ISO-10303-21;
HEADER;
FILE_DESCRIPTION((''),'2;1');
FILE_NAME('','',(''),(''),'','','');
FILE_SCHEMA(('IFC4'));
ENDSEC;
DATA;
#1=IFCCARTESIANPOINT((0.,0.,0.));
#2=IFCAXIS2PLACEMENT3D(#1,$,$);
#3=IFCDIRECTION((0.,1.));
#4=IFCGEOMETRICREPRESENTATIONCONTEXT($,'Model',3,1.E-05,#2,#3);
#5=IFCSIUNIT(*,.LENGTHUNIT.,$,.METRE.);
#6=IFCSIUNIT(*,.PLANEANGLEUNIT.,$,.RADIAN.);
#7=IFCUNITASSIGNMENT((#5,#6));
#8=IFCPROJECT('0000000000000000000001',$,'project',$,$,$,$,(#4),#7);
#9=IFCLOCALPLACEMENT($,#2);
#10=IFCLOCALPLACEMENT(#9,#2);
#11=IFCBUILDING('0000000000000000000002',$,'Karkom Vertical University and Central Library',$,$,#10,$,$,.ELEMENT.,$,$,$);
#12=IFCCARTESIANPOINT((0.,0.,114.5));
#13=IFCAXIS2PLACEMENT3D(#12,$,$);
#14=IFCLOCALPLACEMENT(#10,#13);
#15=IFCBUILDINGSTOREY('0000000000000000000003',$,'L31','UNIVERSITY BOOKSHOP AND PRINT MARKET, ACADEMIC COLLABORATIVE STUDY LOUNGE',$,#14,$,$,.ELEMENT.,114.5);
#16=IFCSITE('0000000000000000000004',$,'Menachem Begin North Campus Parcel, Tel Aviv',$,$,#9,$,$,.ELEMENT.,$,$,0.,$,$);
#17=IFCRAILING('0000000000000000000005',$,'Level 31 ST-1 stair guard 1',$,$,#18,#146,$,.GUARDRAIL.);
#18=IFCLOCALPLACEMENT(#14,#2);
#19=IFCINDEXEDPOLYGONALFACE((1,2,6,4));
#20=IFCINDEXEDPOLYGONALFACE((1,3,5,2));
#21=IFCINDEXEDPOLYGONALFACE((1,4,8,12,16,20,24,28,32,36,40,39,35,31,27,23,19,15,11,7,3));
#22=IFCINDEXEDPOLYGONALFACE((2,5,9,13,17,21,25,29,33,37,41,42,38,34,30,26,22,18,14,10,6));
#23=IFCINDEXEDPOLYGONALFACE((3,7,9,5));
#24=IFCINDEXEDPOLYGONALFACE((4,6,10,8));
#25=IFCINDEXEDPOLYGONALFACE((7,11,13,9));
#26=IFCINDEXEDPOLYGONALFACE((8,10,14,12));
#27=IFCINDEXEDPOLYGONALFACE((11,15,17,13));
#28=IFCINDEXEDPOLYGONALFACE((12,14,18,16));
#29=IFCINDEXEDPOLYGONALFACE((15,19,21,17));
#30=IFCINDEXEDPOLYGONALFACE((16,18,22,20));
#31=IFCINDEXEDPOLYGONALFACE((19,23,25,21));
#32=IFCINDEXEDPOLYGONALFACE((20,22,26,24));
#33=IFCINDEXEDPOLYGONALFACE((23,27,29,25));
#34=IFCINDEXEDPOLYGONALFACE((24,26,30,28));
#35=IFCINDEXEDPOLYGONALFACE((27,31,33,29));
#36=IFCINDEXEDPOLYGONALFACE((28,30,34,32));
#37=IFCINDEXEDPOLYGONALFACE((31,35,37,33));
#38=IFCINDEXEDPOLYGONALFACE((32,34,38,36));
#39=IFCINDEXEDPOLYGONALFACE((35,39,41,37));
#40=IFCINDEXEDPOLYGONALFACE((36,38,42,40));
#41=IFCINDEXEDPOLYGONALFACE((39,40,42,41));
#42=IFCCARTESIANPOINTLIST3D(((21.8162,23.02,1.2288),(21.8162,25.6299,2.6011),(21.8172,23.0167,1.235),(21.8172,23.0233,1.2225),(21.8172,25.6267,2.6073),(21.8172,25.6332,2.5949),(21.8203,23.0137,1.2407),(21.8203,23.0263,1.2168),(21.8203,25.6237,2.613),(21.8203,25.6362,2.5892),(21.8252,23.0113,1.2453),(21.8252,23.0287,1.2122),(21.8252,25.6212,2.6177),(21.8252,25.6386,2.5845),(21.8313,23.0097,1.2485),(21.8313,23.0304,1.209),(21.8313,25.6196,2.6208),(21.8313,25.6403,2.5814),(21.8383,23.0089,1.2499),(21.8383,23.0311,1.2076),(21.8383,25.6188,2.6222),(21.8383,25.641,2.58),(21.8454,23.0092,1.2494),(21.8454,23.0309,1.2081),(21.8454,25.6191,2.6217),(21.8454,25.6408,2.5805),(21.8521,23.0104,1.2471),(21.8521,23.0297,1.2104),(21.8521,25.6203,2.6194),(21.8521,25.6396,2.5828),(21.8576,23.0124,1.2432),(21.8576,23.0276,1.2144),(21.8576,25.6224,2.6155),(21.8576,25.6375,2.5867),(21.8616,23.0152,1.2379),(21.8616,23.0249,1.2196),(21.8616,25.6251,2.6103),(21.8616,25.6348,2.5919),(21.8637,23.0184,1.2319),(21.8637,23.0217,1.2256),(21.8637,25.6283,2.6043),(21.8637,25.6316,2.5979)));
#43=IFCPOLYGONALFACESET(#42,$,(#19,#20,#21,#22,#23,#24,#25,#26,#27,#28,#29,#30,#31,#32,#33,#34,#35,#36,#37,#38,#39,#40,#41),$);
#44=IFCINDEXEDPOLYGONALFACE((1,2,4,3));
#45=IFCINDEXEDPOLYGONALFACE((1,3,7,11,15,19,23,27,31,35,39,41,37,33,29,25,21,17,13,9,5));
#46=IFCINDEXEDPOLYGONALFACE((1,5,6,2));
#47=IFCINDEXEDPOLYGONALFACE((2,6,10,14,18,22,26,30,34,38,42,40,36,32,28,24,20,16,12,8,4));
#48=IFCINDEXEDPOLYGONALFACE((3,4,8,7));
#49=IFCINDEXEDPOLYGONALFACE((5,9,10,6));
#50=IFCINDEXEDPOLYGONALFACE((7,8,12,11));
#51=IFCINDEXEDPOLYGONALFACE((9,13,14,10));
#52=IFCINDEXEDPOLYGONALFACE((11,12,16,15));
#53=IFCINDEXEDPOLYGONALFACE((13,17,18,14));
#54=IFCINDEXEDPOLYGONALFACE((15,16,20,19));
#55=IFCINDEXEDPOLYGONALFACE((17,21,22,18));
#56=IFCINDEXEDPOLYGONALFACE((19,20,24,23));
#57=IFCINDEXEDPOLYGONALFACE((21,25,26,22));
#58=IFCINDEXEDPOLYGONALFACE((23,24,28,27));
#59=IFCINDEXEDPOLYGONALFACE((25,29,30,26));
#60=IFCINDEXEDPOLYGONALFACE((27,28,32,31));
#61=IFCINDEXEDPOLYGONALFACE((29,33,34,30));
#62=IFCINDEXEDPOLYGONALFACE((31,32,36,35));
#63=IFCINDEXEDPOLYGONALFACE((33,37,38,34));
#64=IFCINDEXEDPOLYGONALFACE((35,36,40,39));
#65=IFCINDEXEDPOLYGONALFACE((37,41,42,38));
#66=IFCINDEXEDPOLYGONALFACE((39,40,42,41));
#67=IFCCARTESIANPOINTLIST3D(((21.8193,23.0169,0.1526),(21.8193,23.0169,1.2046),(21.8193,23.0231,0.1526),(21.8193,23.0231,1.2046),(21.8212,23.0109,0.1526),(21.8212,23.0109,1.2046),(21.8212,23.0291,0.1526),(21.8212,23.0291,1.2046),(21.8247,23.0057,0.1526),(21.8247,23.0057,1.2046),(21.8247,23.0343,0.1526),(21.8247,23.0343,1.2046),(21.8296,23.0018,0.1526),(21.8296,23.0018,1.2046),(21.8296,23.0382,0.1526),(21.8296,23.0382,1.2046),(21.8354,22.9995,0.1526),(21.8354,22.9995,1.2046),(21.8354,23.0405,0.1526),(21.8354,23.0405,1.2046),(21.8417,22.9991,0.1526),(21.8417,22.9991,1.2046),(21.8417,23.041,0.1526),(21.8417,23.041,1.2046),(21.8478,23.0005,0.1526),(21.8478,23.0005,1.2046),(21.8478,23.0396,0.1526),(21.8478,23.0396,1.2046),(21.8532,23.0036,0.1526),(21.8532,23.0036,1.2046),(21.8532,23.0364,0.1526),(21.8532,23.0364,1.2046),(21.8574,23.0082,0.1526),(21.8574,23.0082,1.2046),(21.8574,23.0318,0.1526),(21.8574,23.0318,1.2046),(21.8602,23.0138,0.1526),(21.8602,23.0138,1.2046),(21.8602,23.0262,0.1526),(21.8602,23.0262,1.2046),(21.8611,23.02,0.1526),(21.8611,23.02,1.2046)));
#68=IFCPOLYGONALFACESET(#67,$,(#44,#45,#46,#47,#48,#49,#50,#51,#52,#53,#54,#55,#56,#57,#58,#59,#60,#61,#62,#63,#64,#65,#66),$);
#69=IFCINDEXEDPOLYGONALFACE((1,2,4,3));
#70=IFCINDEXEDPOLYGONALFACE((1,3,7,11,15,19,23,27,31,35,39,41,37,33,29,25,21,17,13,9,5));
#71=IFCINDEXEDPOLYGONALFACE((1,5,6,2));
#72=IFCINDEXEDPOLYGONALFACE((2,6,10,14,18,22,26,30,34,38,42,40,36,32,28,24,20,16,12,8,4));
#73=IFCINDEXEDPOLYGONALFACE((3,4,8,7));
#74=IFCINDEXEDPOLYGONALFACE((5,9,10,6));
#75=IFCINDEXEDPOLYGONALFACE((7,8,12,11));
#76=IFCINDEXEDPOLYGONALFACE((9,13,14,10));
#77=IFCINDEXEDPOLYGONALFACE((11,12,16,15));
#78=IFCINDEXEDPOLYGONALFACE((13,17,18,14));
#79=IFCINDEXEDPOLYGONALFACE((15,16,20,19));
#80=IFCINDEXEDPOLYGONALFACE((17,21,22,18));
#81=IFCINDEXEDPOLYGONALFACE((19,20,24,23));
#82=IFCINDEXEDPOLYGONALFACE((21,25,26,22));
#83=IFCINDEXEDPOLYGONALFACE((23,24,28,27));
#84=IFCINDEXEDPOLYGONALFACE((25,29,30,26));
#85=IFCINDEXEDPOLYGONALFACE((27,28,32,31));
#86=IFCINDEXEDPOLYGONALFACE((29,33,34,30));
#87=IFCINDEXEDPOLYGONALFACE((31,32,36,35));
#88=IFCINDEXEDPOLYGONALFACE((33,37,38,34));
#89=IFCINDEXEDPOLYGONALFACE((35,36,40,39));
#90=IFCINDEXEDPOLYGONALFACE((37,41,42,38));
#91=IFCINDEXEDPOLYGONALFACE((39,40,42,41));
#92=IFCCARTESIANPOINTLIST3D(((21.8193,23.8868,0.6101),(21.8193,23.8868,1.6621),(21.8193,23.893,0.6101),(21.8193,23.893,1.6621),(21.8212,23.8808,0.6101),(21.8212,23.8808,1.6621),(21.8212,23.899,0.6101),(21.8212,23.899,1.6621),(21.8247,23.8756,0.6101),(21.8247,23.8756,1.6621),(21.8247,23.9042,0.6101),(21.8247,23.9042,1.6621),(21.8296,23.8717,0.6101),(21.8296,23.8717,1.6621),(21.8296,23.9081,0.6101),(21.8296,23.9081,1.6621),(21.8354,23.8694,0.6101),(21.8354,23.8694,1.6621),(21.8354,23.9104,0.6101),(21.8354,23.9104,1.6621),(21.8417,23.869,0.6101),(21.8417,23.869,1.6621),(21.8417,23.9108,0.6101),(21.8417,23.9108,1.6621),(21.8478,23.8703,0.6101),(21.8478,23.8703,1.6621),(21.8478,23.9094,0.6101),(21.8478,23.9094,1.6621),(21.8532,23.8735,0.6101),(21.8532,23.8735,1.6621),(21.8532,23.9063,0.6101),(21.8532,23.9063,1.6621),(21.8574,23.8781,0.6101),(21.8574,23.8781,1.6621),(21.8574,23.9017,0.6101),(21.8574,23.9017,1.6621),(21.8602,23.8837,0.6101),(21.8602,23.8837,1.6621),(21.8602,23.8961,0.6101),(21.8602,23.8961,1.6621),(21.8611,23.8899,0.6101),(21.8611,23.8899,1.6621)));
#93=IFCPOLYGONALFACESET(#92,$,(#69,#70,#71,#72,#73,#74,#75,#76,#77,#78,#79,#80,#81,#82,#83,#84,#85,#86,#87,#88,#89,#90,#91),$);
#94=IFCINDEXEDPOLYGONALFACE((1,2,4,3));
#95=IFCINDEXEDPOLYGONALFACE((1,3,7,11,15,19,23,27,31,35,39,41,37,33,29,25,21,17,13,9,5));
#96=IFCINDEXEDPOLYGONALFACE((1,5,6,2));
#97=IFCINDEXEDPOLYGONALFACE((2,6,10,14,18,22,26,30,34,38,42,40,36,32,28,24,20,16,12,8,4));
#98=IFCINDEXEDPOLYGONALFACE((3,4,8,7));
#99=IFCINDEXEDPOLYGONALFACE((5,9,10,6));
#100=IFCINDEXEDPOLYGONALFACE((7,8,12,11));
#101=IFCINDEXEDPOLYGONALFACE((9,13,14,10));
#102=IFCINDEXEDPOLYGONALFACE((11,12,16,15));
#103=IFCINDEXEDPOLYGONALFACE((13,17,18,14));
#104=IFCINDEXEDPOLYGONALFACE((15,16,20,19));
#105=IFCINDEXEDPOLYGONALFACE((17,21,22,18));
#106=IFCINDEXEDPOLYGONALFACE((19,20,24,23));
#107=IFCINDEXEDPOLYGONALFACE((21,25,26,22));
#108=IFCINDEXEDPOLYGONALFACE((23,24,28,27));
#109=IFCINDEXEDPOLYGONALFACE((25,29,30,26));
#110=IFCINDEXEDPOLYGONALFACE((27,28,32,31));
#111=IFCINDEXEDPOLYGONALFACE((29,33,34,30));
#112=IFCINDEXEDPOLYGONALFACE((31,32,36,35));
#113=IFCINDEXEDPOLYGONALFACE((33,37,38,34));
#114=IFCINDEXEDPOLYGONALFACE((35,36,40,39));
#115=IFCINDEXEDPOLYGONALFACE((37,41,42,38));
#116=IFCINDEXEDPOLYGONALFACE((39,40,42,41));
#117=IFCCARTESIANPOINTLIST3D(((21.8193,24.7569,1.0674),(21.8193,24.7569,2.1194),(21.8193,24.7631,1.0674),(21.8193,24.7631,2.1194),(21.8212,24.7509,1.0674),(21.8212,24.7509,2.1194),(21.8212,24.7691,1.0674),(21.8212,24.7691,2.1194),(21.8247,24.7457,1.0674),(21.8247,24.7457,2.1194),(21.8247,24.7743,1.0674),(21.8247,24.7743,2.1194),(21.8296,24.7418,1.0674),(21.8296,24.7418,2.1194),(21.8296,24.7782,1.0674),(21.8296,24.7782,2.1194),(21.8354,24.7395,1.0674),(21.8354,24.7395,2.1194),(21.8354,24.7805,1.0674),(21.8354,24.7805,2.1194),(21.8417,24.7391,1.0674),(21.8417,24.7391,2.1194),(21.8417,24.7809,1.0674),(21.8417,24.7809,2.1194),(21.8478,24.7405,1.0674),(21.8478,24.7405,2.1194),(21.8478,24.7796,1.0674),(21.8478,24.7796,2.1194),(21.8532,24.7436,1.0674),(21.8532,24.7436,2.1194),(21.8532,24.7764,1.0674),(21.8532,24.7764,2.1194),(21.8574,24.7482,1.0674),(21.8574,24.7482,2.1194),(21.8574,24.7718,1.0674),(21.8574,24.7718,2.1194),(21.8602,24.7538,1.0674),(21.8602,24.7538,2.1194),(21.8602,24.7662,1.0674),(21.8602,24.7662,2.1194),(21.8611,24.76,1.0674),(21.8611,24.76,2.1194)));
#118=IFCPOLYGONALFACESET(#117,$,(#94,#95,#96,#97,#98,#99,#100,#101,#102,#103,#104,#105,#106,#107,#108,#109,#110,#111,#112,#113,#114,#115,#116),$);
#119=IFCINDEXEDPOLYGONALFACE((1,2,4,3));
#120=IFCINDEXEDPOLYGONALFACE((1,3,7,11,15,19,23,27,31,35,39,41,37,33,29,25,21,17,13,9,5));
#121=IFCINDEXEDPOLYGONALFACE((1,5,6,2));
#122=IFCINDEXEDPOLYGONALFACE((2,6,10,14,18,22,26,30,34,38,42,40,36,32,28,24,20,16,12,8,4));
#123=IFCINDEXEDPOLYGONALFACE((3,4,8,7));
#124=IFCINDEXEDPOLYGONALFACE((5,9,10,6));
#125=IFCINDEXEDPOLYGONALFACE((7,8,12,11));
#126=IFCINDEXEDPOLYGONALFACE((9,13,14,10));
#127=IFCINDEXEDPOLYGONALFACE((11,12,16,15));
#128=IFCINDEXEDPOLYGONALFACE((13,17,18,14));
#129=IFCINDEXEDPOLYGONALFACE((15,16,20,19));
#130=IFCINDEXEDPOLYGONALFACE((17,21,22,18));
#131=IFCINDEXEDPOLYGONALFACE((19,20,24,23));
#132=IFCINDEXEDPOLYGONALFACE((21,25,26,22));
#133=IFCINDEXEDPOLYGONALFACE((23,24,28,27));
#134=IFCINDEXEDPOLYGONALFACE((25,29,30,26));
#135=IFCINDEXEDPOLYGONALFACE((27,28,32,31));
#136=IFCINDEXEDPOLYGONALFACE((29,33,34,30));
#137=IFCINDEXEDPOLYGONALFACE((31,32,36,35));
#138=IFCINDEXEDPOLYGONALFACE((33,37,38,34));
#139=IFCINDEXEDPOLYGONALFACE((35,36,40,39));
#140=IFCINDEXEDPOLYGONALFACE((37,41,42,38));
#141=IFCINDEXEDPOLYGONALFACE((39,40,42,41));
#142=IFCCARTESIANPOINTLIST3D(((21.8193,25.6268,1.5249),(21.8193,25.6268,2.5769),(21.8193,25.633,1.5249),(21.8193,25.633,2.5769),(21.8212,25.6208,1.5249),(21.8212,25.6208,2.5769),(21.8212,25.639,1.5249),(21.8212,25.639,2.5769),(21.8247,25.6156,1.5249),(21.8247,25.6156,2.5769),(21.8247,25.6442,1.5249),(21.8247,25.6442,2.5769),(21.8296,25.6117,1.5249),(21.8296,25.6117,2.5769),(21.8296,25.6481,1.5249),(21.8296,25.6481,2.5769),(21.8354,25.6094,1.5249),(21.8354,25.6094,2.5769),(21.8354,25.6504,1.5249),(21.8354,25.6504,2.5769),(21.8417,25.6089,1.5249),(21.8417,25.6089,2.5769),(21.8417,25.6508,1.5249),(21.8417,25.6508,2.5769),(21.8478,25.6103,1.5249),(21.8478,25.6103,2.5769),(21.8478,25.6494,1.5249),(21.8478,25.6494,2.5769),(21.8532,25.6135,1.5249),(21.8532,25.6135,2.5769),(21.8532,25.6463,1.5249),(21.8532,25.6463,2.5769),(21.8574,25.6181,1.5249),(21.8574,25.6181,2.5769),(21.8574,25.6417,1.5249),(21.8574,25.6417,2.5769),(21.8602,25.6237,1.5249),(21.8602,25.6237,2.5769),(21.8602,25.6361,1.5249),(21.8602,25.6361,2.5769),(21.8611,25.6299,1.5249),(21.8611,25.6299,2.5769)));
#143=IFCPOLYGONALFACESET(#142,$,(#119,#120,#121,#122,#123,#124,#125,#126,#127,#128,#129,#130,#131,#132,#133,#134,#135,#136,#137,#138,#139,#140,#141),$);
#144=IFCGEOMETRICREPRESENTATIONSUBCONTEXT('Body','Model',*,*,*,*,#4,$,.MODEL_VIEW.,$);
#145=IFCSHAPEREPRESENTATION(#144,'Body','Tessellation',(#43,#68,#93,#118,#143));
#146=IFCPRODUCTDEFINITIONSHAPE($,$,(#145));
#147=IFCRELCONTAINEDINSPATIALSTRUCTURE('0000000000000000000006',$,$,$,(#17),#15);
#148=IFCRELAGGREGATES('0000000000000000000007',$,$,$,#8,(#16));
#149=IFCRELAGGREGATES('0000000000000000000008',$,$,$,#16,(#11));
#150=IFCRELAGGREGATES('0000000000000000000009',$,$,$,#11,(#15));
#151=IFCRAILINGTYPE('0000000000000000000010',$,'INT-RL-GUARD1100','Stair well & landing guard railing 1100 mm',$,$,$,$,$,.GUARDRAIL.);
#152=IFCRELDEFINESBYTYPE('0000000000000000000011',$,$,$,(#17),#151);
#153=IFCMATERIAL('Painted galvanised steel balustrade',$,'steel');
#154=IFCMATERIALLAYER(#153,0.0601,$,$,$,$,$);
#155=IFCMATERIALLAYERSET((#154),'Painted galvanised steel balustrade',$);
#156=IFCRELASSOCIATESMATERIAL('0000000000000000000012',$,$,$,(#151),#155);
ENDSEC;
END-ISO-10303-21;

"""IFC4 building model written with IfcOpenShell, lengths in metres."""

from ifc_helpers import new_model, si_unit, direction, frame, origin, origin_2d, place, context, subcontext, project, spatial, circle, extrude, material, layer, layer_set, type_object, element, save


model = new_model("IFC4")

# Units and contexts
model_context = context("Model", 3, precision=1e-05, world=origin(), true_north=direction((0.0, 1.0)))
body_context = subcontext(model_context, "Body", "Model", "MODEL_VIEW")
ifc_project = project(units=[si_unit("LENGTHUNIT", "METRE"), si_unit("PLANEANGLEUNIT", "RADIAN")], contexts=[model_context])

# Site, building, storey
site_placement = place(None, origin())
site = spatial("IfcSite", under=ifc_project, at=site_placement, Name="Menachem Begin North Campus Parcel, Tel Aviv", CompositionType="ELEMENT", RefElevation=0.0)
building_placement = place(site_placement, origin())
building = spatial("IfcBuilding", under=site, at=building_placement, Name="Karkom Vertical University and Central Library", CompositionType="ELEMENT")
storey_placement = place(building_placement, frame((0.0, 0.0, 114.5)))
storey = spatial("IfcBuildingStorey", under=building, at=storey_placement, Name="L31", Description="UNIVERSITY BOOKSHOP AND PRINT MARKET, ACADEMIC COLLABORATIVE STUDY LOUNGE", CompositionType="ELEMENT", Elevation=114.5)

# Railing
ifc_material_1 = material(Name="Painted galvanised steel balustrade", Category="steel")
ifc_layer_1 = layer(ifc_material_1, 0.0601)
ifc_layer_set_1 = layer_set([ifc_layer_1], Name="Painted galvanised steel balustrade")
railing_type = type_object("IfcRailingType", Name="INT-RL-GUARD1100", Description="Stair well & landing guard railing 1100 mm", PredefinedType="GUARDRAIL", material=ifc_layer_set_1)
railing_1_placement = place(storey_placement, frame((21.8401, 23.02, 0.1526)))
element("IfcRailing", 1, at=railing_1_placement, inside=storey, type_object=railing_type, Name="Level 31 ST-1 stair guard 1", PredefinedType="GUARDRAIL", context=body_context, shape_type="SweptSolid", body=[
    extrude(circle(Radius=0.0239, at=origin_2d()), frame((0.0, 0.0, 1.0762), z_axis=(0.0, 0.8851, 0.465402), x_axis=(-1.0, 0.0, 0.0)), (0.0, 0.0, 1.0), 2.9487),
    extrude(circle(Radius=0.021, at=origin_2d()), origin(), (0.0, 0.0, 1.0), 1.052),
    extrude(circle(Radius=0.021, at=origin_2d()), frame((0.0, 0.8699, 0.4575)), (0.0, 0.0, 1.0), 1.052),
    extrude(circle(Radius=0.021, at=origin_2d()), frame((0.0, 1.74, 0.9148)), (0.0, 0.0, 1.0), 1.052),
    extrude(circle(Radius=0.021, at=origin_2d()), frame((0.0, 2.6099, 1.3723)), (0.0, 0.0, 1.0), 1.052),
])

save(model, "model.ifc")
